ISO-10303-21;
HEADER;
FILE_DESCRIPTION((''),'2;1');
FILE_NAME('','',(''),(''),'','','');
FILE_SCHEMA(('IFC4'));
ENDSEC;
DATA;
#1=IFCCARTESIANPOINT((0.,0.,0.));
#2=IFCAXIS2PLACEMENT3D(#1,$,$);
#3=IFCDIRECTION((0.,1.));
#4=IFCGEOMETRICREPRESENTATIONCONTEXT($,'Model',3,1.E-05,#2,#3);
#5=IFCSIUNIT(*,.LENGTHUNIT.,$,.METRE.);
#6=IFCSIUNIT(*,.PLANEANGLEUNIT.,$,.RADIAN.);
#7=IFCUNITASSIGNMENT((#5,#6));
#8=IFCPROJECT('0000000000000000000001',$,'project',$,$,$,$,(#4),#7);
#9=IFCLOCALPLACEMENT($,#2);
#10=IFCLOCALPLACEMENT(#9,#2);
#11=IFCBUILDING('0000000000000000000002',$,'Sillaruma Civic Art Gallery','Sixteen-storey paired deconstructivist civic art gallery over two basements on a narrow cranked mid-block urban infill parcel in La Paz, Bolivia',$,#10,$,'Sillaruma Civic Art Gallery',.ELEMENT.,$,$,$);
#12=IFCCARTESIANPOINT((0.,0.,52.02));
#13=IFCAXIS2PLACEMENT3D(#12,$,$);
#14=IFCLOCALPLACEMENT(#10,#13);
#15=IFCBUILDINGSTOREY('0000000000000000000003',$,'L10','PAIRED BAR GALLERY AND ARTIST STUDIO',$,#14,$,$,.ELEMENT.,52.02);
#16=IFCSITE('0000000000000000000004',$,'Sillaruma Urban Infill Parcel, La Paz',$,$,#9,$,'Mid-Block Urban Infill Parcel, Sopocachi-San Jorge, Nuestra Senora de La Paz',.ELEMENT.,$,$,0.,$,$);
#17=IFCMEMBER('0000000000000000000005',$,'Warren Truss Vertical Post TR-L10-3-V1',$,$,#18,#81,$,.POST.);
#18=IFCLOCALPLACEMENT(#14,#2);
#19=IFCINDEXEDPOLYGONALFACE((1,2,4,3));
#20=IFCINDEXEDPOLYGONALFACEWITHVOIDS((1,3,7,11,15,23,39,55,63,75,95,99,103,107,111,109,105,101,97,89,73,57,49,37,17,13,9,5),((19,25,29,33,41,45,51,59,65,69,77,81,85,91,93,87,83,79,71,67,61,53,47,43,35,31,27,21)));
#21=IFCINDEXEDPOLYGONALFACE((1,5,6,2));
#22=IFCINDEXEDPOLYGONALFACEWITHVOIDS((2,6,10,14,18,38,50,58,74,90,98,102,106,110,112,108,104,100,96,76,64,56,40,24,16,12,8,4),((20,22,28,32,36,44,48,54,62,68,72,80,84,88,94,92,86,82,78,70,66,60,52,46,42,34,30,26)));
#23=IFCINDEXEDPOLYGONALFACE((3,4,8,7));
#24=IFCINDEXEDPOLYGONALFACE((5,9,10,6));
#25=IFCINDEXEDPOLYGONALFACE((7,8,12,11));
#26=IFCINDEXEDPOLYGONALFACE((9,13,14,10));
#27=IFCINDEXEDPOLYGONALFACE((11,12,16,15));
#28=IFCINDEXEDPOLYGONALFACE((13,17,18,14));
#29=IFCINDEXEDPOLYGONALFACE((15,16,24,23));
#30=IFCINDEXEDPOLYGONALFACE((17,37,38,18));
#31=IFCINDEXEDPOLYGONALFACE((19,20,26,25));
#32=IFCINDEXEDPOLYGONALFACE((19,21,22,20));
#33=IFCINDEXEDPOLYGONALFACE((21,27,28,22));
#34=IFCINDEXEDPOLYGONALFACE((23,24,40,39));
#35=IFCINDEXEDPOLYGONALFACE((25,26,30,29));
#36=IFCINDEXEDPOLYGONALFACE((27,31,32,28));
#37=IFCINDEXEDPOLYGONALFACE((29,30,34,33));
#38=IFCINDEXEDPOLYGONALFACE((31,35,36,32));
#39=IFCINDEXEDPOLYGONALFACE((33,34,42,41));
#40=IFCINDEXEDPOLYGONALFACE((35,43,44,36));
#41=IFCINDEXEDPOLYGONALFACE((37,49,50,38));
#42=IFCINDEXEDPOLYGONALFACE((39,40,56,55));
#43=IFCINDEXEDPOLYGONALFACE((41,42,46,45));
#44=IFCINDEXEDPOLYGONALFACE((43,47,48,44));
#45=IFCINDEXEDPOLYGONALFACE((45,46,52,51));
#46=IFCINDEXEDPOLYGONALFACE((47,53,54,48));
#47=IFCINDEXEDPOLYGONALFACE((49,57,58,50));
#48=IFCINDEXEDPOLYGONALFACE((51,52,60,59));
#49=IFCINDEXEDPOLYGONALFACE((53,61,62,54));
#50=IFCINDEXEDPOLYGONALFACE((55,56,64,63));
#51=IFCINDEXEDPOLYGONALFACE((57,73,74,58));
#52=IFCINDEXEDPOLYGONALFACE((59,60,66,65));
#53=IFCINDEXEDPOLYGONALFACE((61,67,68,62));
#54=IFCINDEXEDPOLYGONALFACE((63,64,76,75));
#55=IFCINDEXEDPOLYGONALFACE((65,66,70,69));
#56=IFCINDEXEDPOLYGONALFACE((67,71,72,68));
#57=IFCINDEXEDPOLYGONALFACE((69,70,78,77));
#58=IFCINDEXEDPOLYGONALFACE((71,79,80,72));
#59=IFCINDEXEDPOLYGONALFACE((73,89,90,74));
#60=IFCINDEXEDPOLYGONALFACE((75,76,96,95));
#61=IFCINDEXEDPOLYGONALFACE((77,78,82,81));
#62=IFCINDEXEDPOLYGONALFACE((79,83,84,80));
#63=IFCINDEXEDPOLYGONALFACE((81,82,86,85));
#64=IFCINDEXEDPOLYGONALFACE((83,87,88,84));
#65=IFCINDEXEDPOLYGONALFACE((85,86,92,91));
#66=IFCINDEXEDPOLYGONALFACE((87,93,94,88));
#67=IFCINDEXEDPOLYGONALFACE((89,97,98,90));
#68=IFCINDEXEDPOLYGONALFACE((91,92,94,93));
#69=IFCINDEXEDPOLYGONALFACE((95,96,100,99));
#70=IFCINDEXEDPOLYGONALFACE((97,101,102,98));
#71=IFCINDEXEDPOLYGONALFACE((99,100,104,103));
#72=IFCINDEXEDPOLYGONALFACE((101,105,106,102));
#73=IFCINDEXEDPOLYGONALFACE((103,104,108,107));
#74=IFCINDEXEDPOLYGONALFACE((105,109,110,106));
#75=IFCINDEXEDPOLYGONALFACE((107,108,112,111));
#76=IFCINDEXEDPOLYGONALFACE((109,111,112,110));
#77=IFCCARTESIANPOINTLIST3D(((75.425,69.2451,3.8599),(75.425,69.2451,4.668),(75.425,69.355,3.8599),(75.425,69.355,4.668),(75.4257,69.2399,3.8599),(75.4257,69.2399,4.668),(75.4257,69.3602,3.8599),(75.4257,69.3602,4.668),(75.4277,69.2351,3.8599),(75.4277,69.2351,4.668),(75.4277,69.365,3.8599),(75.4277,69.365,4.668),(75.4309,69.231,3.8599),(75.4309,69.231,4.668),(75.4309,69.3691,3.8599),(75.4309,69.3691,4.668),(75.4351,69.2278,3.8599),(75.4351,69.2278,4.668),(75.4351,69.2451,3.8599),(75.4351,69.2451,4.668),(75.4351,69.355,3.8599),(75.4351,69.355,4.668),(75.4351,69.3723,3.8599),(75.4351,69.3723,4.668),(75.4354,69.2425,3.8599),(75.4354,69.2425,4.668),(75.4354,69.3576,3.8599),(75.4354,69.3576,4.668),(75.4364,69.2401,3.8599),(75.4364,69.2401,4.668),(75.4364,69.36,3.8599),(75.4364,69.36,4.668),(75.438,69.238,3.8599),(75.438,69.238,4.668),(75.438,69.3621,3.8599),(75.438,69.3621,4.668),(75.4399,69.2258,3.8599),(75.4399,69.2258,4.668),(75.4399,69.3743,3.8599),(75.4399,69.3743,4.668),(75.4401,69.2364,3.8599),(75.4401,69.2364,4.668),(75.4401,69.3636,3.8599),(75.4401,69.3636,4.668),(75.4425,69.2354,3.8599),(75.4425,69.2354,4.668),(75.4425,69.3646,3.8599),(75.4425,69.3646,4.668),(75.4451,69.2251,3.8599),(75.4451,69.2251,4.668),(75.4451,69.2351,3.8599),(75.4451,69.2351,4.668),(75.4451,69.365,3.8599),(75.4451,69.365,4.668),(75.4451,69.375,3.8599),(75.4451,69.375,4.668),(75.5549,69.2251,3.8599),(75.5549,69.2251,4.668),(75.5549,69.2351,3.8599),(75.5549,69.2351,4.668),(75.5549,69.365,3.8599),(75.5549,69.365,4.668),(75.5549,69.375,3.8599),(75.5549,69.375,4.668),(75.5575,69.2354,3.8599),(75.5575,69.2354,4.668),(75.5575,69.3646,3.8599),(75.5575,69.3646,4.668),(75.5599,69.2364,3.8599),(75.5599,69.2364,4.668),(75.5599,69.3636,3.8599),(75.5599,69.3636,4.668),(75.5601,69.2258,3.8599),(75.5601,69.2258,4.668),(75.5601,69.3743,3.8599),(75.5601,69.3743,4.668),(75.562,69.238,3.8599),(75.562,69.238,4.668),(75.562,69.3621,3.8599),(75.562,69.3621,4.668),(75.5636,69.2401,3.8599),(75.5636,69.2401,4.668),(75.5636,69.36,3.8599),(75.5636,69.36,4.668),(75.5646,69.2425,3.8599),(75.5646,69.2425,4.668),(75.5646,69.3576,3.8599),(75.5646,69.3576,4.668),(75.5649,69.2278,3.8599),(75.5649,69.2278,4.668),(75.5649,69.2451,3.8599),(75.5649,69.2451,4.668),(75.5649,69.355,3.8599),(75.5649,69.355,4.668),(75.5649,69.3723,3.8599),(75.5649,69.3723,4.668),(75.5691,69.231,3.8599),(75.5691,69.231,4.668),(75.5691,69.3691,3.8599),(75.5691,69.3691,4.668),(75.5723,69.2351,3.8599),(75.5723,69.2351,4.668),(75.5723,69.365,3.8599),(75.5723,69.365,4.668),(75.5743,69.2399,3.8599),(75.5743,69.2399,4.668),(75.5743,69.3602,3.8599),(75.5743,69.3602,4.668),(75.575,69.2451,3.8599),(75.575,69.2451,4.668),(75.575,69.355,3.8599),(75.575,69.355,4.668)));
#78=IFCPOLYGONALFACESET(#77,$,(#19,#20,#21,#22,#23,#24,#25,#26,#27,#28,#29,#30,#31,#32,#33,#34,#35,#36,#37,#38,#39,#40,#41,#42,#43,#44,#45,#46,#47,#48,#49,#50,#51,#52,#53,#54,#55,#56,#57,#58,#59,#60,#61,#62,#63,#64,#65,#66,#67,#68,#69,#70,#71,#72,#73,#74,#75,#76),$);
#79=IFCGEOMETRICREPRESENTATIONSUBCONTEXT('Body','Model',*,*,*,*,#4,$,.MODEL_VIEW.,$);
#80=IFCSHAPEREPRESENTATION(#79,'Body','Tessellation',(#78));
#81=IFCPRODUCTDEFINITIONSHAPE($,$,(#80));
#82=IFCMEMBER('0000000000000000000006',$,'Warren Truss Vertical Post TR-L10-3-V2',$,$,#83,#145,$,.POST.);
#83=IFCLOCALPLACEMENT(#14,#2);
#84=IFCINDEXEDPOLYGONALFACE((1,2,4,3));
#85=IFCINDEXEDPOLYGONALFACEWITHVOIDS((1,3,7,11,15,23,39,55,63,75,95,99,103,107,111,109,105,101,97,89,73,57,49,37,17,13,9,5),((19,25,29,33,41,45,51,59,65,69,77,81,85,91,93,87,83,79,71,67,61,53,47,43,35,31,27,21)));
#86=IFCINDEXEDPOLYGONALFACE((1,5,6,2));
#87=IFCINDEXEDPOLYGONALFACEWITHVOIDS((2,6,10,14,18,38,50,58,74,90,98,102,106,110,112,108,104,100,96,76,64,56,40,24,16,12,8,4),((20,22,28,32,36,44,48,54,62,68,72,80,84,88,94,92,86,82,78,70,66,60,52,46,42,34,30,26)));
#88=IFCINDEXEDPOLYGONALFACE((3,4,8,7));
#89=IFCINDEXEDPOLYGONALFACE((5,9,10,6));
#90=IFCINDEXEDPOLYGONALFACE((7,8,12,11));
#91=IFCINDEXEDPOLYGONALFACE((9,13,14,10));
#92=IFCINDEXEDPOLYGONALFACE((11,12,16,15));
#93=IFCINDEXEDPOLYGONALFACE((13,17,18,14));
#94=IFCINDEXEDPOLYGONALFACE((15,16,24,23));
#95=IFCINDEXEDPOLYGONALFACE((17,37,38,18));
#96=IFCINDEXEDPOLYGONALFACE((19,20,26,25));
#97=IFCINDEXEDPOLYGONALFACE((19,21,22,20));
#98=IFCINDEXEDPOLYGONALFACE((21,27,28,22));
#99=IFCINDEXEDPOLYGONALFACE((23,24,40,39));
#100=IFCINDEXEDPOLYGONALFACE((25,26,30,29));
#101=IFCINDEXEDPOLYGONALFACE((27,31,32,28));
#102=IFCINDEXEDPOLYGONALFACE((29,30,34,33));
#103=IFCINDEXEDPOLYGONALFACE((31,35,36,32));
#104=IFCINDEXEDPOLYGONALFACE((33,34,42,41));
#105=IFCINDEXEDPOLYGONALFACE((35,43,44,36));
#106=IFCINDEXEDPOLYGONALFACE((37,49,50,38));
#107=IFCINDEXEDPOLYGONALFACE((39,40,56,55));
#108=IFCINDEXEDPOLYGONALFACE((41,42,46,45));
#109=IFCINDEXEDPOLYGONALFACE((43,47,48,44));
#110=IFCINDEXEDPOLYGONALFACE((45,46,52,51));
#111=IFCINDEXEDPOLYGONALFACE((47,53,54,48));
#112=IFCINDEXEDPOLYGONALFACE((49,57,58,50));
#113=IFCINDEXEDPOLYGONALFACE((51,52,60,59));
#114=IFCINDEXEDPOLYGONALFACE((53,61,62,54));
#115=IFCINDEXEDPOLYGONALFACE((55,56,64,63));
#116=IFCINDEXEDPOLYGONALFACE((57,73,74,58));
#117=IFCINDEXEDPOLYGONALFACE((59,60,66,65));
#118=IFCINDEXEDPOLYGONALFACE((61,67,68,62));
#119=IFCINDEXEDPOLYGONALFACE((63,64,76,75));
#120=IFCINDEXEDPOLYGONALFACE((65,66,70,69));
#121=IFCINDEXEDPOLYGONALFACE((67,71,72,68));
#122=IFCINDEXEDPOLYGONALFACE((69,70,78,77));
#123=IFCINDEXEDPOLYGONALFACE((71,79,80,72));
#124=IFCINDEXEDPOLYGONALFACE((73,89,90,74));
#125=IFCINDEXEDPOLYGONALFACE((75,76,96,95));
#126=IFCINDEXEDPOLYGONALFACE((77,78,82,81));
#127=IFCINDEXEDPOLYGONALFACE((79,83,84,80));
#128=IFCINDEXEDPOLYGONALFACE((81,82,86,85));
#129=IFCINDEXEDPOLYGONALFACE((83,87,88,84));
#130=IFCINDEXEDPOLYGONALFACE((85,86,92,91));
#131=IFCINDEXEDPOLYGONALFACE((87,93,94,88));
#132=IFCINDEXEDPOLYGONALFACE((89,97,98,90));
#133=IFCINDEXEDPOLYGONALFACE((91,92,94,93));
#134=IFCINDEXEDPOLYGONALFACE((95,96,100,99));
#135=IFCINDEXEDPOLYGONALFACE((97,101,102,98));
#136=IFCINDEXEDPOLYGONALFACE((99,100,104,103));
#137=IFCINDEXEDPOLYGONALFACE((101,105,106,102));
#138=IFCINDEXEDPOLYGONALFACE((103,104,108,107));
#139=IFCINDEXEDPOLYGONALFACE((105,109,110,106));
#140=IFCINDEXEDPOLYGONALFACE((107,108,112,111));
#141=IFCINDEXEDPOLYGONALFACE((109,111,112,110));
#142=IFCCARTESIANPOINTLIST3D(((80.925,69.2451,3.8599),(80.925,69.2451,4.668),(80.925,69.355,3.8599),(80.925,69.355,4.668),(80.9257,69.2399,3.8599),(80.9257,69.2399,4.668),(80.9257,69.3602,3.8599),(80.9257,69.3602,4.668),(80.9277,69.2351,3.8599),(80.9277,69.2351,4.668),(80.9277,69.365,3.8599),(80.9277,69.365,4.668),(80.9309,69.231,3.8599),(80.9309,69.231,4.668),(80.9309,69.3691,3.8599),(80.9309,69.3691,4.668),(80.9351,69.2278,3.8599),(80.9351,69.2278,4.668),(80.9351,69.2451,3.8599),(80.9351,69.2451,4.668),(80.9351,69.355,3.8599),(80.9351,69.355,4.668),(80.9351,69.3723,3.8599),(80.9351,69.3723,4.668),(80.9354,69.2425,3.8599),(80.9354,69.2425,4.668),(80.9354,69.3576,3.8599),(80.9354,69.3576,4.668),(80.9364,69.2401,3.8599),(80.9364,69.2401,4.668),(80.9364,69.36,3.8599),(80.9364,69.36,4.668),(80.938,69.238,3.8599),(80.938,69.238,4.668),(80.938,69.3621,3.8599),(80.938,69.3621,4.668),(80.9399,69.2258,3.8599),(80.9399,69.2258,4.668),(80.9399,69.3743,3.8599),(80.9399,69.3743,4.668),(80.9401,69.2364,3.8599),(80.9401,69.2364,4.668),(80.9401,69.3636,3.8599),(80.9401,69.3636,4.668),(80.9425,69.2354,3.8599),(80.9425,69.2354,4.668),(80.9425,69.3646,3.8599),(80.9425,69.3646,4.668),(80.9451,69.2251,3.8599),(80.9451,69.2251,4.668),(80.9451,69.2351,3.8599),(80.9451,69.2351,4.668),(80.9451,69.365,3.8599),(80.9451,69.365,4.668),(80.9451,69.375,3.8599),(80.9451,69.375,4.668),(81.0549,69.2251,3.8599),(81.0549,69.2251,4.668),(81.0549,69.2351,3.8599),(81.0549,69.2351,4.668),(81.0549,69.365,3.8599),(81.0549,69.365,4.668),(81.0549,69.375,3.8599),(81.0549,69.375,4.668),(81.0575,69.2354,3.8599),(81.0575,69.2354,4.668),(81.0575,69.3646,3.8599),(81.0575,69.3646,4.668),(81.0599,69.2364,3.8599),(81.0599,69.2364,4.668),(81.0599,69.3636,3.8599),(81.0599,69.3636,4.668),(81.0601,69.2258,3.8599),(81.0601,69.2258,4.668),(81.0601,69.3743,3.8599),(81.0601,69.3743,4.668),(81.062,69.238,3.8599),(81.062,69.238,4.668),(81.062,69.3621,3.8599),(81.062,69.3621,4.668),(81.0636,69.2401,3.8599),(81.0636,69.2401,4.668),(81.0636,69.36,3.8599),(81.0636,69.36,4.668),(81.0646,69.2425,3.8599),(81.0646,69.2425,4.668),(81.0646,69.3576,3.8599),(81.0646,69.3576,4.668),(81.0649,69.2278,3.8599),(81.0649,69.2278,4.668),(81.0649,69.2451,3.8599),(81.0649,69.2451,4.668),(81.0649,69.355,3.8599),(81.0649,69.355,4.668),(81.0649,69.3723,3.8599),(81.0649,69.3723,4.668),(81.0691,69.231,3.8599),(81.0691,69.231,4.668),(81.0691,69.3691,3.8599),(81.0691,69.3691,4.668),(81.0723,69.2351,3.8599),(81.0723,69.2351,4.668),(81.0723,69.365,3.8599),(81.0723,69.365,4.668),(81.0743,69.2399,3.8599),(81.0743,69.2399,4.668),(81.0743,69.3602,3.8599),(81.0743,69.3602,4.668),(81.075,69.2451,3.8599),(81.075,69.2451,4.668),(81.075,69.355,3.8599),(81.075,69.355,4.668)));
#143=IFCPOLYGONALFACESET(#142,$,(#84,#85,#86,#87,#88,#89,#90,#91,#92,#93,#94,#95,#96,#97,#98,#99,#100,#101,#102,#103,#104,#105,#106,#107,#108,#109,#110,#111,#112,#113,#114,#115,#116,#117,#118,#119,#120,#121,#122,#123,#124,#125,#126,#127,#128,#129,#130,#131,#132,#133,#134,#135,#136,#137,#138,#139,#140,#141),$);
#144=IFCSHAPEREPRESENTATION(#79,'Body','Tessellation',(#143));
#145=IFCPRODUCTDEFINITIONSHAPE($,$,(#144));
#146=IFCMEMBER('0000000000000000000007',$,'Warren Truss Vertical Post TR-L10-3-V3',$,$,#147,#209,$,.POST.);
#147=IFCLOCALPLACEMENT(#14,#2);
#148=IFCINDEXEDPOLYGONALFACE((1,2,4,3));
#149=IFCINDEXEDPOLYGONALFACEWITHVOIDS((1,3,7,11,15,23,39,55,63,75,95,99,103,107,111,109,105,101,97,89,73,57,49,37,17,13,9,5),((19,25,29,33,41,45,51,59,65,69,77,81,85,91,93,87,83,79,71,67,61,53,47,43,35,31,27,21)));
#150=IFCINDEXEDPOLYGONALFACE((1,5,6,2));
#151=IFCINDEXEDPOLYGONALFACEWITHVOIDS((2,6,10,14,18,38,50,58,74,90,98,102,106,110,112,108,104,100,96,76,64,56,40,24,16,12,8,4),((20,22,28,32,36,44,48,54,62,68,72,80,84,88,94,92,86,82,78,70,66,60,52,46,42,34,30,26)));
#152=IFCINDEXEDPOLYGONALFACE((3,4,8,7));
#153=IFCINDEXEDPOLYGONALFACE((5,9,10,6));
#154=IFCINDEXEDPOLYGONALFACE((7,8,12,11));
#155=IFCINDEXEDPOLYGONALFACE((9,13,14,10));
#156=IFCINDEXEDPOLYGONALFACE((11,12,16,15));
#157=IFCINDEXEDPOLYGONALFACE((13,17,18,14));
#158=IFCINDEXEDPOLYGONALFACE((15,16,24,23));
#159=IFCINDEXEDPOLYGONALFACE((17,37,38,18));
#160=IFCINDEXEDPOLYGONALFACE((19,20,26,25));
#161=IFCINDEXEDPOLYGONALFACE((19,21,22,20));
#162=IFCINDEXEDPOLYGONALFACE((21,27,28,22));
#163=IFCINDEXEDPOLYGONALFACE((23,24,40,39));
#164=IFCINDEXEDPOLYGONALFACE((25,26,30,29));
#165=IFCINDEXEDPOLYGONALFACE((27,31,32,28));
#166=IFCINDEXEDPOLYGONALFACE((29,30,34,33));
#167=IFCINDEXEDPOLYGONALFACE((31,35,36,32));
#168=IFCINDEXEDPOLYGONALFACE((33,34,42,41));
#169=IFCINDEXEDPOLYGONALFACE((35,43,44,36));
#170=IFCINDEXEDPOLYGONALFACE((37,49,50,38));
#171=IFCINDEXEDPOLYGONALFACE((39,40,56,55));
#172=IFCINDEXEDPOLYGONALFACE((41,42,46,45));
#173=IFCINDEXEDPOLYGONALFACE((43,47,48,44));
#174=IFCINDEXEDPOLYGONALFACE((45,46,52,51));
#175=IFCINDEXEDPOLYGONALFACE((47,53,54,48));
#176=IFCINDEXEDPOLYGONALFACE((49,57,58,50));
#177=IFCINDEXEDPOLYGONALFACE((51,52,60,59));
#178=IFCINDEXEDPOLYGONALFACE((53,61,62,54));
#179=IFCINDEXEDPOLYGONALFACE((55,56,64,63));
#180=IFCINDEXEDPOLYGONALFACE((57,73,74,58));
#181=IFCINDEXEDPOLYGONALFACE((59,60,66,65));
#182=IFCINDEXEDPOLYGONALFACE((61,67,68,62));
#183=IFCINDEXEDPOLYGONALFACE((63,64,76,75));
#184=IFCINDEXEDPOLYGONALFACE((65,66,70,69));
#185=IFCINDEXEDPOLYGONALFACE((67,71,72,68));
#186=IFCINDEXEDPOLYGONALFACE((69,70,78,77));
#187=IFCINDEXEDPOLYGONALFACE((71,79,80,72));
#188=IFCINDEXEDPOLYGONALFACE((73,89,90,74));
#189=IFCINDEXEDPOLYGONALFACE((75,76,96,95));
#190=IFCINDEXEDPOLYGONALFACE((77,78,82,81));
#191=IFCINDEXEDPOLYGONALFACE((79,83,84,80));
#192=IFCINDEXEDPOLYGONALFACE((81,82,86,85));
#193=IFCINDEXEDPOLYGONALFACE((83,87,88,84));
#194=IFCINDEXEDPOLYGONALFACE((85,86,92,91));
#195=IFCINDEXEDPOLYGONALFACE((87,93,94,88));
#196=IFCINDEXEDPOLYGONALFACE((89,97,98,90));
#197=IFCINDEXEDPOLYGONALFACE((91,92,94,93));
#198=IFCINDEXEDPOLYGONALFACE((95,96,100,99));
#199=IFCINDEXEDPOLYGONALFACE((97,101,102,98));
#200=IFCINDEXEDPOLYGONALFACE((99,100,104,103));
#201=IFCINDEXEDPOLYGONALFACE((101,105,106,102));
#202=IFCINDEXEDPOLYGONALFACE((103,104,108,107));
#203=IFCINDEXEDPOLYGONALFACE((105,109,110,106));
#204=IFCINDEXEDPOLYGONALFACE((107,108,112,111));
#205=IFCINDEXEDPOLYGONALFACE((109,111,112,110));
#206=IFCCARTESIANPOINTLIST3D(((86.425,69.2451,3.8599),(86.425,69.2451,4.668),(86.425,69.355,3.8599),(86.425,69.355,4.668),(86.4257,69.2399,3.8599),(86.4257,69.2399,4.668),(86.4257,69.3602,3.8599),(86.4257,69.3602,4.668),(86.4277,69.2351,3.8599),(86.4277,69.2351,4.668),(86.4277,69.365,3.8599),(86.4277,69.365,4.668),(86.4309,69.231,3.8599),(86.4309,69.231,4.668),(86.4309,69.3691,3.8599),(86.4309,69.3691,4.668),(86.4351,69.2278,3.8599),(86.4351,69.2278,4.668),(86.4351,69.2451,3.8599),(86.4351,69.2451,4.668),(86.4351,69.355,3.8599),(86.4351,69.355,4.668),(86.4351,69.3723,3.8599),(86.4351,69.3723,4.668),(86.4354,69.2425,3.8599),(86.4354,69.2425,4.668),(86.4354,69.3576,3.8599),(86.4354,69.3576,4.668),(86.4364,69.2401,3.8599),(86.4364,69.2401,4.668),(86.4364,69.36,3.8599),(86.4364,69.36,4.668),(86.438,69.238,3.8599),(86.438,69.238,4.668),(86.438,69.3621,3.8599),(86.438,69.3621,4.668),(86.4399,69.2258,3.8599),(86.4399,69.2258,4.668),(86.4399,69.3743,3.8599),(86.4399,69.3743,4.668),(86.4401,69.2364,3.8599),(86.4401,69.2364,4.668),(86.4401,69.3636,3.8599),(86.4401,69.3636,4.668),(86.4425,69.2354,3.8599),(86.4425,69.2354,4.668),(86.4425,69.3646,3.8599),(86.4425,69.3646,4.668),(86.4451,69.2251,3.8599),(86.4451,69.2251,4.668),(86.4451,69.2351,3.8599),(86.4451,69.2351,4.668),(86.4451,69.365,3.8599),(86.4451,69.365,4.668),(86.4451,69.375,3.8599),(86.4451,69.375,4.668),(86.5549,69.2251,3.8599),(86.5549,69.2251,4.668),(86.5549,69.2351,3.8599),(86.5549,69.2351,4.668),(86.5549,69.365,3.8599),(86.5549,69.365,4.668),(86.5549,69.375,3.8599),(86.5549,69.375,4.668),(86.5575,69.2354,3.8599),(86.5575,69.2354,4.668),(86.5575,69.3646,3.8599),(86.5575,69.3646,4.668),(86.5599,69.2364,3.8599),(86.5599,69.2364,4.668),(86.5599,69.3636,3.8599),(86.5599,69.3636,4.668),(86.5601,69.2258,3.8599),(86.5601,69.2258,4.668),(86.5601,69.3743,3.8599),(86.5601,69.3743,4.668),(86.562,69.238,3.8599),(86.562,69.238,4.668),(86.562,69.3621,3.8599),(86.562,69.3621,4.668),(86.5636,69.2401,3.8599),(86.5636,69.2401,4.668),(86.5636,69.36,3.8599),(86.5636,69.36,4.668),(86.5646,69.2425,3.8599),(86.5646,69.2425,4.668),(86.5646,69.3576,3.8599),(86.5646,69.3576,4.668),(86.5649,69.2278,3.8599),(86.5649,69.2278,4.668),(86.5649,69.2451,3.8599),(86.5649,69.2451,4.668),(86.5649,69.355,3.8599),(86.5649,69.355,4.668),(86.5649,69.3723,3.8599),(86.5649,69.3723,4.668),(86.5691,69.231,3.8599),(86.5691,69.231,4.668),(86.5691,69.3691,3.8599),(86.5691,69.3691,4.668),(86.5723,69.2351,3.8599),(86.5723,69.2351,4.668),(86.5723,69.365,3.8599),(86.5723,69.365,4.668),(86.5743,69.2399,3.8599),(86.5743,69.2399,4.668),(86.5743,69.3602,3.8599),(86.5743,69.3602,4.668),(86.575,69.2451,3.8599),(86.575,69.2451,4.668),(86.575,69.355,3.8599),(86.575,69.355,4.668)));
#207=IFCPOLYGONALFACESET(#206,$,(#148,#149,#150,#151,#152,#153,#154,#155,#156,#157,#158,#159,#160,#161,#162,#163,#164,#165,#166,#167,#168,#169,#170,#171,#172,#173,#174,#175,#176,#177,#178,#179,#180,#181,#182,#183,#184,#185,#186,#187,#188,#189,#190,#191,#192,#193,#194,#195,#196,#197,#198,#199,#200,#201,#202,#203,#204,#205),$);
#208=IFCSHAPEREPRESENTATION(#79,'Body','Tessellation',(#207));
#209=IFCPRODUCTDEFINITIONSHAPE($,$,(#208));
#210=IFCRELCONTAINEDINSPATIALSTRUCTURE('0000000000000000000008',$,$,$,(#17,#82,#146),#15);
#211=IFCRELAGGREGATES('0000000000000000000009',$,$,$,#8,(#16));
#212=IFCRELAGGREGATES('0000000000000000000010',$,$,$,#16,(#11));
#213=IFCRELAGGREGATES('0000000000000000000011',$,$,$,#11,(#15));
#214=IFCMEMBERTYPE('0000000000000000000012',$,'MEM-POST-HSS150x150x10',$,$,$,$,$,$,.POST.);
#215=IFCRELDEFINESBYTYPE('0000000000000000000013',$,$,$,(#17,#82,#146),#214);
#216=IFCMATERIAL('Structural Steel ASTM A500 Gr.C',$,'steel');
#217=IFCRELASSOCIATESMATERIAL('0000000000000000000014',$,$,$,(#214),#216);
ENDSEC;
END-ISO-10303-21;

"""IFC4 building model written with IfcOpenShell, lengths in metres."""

from ifc_helpers import new_model, si_unit, direction, frame, origin, origin_2d, place, context, subcontext, project, spatial, hollow_rectangle, extrude, material, material_profile, profile_set, type_object, element, save


model = new_model("IFC4")

# Units and contexts
model_context = context("Model", 3, precision=1e-05, world=origin(), true_north=direction((0.0, 1.0)))
body_context = subcontext(model_context, "Body", "Model", "MODEL_VIEW")
ifc_project = project(units=[si_unit("LENGTHUNIT", "METRE"), si_unit("PLANEANGLEUNIT", "RADIAN")], contexts=[model_context])

# Site, building, storey
site_placement = place(None, origin())
site = spatial("IfcSite", under=ifc_project, at=site_placement, Name="Sillaruma Urban Infill Parcel, La Paz", LongName="Mid-Block Urban Infill Parcel, Sopocachi-San Jorge, Nuestra Senora de La Paz", CompositionType="ELEMENT", RefElevation=0.0)
building_placement = place(site_placement, origin())
building = spatial("IfcBuilding", under=site, at=building_placement, Name="Sillaruma Civic Art Gallery", Description="Sixteen-storey paired deconstructivist civic art gallery over two basements on a narrow cranked mid-block urban infill parcel in La Paz, Bolivia", LongName="Sillaruma Civic Art Gallery", CompositionType="ELEMENT")
storey_placement = place(building_placement, frame((0.0, 0.0, 52.02)))
storey = spatial("IfcBuildingStorey", under=building, at=storey_placement, Name="L10", Description="PAIRED BAR GALLERY AND ARTIST STUDIO", CompositionType="ELEMENT", Elevation=52.02)

# Members
ifc_material_1 = material(Name="Structural Steel ASTM A500 Gr.C", Category="steel")
ifc_material_profile_1 = material_profile(ifc_material_1, hollow_rectangle(XDim=0.1499, YDim=0.1499, WallThickness=0.01, InnerFilletRadius=0.01, OuterFilletRadius=0.02, at=origin_2d()), Name="HSS150x150x10")
ifc_profile_set_1 = profile_set([ifc_material_profile_1], Name="Structural Steel ASTM A500 Gr.C")
member_type_1 = type_object("IfcMemberType", Name="MEM-POST-HSS150x150x10", PredefinedType="POST", material=ifc_profile_set_1)
for number, where, z_axis, x_axis, name in (
    (1, (75.5, 69.3, 3.8599), (0.0, 0.0, 1.0), (1.0, 0.0, 0.0), "Warren Truss Vertical Post TR-L10-3-V1"),
    (2, (81.0, 69.3, 3.8599), (0.0, 0.0, 1.0), (1.0, 0.0, 0.0), "Warren Truss Vertical Post TR-L10-3-V2"),
    (3, (86.5, 69.3, 3.8599), (0.0, 0.0, 1.0), (1.0, 0.0, 0.0), "Warren Truss Vertical Post TR-L10-3-V3"),
):
    element("IfcMember", number, at=place(storey_placement, frame(where, z_axis=z_axis, x_axis=x_axis)), inside=storey, type_object=member_type_1, Name=name, PredefinedType="POST", context=body_context, shape_type="SweptSolid", body=[
        extrude(hollow_rectangle(XDim=0.1499, YDim=0.1499, WallThickness=0.01, InnerFilletRadius=0.01, OuterFilletRadius=0.02, at=origin_2d()), origin(), (0.0, 0.0, 1.0), 0.8081),
    ])

save(model, "model.ifc")
